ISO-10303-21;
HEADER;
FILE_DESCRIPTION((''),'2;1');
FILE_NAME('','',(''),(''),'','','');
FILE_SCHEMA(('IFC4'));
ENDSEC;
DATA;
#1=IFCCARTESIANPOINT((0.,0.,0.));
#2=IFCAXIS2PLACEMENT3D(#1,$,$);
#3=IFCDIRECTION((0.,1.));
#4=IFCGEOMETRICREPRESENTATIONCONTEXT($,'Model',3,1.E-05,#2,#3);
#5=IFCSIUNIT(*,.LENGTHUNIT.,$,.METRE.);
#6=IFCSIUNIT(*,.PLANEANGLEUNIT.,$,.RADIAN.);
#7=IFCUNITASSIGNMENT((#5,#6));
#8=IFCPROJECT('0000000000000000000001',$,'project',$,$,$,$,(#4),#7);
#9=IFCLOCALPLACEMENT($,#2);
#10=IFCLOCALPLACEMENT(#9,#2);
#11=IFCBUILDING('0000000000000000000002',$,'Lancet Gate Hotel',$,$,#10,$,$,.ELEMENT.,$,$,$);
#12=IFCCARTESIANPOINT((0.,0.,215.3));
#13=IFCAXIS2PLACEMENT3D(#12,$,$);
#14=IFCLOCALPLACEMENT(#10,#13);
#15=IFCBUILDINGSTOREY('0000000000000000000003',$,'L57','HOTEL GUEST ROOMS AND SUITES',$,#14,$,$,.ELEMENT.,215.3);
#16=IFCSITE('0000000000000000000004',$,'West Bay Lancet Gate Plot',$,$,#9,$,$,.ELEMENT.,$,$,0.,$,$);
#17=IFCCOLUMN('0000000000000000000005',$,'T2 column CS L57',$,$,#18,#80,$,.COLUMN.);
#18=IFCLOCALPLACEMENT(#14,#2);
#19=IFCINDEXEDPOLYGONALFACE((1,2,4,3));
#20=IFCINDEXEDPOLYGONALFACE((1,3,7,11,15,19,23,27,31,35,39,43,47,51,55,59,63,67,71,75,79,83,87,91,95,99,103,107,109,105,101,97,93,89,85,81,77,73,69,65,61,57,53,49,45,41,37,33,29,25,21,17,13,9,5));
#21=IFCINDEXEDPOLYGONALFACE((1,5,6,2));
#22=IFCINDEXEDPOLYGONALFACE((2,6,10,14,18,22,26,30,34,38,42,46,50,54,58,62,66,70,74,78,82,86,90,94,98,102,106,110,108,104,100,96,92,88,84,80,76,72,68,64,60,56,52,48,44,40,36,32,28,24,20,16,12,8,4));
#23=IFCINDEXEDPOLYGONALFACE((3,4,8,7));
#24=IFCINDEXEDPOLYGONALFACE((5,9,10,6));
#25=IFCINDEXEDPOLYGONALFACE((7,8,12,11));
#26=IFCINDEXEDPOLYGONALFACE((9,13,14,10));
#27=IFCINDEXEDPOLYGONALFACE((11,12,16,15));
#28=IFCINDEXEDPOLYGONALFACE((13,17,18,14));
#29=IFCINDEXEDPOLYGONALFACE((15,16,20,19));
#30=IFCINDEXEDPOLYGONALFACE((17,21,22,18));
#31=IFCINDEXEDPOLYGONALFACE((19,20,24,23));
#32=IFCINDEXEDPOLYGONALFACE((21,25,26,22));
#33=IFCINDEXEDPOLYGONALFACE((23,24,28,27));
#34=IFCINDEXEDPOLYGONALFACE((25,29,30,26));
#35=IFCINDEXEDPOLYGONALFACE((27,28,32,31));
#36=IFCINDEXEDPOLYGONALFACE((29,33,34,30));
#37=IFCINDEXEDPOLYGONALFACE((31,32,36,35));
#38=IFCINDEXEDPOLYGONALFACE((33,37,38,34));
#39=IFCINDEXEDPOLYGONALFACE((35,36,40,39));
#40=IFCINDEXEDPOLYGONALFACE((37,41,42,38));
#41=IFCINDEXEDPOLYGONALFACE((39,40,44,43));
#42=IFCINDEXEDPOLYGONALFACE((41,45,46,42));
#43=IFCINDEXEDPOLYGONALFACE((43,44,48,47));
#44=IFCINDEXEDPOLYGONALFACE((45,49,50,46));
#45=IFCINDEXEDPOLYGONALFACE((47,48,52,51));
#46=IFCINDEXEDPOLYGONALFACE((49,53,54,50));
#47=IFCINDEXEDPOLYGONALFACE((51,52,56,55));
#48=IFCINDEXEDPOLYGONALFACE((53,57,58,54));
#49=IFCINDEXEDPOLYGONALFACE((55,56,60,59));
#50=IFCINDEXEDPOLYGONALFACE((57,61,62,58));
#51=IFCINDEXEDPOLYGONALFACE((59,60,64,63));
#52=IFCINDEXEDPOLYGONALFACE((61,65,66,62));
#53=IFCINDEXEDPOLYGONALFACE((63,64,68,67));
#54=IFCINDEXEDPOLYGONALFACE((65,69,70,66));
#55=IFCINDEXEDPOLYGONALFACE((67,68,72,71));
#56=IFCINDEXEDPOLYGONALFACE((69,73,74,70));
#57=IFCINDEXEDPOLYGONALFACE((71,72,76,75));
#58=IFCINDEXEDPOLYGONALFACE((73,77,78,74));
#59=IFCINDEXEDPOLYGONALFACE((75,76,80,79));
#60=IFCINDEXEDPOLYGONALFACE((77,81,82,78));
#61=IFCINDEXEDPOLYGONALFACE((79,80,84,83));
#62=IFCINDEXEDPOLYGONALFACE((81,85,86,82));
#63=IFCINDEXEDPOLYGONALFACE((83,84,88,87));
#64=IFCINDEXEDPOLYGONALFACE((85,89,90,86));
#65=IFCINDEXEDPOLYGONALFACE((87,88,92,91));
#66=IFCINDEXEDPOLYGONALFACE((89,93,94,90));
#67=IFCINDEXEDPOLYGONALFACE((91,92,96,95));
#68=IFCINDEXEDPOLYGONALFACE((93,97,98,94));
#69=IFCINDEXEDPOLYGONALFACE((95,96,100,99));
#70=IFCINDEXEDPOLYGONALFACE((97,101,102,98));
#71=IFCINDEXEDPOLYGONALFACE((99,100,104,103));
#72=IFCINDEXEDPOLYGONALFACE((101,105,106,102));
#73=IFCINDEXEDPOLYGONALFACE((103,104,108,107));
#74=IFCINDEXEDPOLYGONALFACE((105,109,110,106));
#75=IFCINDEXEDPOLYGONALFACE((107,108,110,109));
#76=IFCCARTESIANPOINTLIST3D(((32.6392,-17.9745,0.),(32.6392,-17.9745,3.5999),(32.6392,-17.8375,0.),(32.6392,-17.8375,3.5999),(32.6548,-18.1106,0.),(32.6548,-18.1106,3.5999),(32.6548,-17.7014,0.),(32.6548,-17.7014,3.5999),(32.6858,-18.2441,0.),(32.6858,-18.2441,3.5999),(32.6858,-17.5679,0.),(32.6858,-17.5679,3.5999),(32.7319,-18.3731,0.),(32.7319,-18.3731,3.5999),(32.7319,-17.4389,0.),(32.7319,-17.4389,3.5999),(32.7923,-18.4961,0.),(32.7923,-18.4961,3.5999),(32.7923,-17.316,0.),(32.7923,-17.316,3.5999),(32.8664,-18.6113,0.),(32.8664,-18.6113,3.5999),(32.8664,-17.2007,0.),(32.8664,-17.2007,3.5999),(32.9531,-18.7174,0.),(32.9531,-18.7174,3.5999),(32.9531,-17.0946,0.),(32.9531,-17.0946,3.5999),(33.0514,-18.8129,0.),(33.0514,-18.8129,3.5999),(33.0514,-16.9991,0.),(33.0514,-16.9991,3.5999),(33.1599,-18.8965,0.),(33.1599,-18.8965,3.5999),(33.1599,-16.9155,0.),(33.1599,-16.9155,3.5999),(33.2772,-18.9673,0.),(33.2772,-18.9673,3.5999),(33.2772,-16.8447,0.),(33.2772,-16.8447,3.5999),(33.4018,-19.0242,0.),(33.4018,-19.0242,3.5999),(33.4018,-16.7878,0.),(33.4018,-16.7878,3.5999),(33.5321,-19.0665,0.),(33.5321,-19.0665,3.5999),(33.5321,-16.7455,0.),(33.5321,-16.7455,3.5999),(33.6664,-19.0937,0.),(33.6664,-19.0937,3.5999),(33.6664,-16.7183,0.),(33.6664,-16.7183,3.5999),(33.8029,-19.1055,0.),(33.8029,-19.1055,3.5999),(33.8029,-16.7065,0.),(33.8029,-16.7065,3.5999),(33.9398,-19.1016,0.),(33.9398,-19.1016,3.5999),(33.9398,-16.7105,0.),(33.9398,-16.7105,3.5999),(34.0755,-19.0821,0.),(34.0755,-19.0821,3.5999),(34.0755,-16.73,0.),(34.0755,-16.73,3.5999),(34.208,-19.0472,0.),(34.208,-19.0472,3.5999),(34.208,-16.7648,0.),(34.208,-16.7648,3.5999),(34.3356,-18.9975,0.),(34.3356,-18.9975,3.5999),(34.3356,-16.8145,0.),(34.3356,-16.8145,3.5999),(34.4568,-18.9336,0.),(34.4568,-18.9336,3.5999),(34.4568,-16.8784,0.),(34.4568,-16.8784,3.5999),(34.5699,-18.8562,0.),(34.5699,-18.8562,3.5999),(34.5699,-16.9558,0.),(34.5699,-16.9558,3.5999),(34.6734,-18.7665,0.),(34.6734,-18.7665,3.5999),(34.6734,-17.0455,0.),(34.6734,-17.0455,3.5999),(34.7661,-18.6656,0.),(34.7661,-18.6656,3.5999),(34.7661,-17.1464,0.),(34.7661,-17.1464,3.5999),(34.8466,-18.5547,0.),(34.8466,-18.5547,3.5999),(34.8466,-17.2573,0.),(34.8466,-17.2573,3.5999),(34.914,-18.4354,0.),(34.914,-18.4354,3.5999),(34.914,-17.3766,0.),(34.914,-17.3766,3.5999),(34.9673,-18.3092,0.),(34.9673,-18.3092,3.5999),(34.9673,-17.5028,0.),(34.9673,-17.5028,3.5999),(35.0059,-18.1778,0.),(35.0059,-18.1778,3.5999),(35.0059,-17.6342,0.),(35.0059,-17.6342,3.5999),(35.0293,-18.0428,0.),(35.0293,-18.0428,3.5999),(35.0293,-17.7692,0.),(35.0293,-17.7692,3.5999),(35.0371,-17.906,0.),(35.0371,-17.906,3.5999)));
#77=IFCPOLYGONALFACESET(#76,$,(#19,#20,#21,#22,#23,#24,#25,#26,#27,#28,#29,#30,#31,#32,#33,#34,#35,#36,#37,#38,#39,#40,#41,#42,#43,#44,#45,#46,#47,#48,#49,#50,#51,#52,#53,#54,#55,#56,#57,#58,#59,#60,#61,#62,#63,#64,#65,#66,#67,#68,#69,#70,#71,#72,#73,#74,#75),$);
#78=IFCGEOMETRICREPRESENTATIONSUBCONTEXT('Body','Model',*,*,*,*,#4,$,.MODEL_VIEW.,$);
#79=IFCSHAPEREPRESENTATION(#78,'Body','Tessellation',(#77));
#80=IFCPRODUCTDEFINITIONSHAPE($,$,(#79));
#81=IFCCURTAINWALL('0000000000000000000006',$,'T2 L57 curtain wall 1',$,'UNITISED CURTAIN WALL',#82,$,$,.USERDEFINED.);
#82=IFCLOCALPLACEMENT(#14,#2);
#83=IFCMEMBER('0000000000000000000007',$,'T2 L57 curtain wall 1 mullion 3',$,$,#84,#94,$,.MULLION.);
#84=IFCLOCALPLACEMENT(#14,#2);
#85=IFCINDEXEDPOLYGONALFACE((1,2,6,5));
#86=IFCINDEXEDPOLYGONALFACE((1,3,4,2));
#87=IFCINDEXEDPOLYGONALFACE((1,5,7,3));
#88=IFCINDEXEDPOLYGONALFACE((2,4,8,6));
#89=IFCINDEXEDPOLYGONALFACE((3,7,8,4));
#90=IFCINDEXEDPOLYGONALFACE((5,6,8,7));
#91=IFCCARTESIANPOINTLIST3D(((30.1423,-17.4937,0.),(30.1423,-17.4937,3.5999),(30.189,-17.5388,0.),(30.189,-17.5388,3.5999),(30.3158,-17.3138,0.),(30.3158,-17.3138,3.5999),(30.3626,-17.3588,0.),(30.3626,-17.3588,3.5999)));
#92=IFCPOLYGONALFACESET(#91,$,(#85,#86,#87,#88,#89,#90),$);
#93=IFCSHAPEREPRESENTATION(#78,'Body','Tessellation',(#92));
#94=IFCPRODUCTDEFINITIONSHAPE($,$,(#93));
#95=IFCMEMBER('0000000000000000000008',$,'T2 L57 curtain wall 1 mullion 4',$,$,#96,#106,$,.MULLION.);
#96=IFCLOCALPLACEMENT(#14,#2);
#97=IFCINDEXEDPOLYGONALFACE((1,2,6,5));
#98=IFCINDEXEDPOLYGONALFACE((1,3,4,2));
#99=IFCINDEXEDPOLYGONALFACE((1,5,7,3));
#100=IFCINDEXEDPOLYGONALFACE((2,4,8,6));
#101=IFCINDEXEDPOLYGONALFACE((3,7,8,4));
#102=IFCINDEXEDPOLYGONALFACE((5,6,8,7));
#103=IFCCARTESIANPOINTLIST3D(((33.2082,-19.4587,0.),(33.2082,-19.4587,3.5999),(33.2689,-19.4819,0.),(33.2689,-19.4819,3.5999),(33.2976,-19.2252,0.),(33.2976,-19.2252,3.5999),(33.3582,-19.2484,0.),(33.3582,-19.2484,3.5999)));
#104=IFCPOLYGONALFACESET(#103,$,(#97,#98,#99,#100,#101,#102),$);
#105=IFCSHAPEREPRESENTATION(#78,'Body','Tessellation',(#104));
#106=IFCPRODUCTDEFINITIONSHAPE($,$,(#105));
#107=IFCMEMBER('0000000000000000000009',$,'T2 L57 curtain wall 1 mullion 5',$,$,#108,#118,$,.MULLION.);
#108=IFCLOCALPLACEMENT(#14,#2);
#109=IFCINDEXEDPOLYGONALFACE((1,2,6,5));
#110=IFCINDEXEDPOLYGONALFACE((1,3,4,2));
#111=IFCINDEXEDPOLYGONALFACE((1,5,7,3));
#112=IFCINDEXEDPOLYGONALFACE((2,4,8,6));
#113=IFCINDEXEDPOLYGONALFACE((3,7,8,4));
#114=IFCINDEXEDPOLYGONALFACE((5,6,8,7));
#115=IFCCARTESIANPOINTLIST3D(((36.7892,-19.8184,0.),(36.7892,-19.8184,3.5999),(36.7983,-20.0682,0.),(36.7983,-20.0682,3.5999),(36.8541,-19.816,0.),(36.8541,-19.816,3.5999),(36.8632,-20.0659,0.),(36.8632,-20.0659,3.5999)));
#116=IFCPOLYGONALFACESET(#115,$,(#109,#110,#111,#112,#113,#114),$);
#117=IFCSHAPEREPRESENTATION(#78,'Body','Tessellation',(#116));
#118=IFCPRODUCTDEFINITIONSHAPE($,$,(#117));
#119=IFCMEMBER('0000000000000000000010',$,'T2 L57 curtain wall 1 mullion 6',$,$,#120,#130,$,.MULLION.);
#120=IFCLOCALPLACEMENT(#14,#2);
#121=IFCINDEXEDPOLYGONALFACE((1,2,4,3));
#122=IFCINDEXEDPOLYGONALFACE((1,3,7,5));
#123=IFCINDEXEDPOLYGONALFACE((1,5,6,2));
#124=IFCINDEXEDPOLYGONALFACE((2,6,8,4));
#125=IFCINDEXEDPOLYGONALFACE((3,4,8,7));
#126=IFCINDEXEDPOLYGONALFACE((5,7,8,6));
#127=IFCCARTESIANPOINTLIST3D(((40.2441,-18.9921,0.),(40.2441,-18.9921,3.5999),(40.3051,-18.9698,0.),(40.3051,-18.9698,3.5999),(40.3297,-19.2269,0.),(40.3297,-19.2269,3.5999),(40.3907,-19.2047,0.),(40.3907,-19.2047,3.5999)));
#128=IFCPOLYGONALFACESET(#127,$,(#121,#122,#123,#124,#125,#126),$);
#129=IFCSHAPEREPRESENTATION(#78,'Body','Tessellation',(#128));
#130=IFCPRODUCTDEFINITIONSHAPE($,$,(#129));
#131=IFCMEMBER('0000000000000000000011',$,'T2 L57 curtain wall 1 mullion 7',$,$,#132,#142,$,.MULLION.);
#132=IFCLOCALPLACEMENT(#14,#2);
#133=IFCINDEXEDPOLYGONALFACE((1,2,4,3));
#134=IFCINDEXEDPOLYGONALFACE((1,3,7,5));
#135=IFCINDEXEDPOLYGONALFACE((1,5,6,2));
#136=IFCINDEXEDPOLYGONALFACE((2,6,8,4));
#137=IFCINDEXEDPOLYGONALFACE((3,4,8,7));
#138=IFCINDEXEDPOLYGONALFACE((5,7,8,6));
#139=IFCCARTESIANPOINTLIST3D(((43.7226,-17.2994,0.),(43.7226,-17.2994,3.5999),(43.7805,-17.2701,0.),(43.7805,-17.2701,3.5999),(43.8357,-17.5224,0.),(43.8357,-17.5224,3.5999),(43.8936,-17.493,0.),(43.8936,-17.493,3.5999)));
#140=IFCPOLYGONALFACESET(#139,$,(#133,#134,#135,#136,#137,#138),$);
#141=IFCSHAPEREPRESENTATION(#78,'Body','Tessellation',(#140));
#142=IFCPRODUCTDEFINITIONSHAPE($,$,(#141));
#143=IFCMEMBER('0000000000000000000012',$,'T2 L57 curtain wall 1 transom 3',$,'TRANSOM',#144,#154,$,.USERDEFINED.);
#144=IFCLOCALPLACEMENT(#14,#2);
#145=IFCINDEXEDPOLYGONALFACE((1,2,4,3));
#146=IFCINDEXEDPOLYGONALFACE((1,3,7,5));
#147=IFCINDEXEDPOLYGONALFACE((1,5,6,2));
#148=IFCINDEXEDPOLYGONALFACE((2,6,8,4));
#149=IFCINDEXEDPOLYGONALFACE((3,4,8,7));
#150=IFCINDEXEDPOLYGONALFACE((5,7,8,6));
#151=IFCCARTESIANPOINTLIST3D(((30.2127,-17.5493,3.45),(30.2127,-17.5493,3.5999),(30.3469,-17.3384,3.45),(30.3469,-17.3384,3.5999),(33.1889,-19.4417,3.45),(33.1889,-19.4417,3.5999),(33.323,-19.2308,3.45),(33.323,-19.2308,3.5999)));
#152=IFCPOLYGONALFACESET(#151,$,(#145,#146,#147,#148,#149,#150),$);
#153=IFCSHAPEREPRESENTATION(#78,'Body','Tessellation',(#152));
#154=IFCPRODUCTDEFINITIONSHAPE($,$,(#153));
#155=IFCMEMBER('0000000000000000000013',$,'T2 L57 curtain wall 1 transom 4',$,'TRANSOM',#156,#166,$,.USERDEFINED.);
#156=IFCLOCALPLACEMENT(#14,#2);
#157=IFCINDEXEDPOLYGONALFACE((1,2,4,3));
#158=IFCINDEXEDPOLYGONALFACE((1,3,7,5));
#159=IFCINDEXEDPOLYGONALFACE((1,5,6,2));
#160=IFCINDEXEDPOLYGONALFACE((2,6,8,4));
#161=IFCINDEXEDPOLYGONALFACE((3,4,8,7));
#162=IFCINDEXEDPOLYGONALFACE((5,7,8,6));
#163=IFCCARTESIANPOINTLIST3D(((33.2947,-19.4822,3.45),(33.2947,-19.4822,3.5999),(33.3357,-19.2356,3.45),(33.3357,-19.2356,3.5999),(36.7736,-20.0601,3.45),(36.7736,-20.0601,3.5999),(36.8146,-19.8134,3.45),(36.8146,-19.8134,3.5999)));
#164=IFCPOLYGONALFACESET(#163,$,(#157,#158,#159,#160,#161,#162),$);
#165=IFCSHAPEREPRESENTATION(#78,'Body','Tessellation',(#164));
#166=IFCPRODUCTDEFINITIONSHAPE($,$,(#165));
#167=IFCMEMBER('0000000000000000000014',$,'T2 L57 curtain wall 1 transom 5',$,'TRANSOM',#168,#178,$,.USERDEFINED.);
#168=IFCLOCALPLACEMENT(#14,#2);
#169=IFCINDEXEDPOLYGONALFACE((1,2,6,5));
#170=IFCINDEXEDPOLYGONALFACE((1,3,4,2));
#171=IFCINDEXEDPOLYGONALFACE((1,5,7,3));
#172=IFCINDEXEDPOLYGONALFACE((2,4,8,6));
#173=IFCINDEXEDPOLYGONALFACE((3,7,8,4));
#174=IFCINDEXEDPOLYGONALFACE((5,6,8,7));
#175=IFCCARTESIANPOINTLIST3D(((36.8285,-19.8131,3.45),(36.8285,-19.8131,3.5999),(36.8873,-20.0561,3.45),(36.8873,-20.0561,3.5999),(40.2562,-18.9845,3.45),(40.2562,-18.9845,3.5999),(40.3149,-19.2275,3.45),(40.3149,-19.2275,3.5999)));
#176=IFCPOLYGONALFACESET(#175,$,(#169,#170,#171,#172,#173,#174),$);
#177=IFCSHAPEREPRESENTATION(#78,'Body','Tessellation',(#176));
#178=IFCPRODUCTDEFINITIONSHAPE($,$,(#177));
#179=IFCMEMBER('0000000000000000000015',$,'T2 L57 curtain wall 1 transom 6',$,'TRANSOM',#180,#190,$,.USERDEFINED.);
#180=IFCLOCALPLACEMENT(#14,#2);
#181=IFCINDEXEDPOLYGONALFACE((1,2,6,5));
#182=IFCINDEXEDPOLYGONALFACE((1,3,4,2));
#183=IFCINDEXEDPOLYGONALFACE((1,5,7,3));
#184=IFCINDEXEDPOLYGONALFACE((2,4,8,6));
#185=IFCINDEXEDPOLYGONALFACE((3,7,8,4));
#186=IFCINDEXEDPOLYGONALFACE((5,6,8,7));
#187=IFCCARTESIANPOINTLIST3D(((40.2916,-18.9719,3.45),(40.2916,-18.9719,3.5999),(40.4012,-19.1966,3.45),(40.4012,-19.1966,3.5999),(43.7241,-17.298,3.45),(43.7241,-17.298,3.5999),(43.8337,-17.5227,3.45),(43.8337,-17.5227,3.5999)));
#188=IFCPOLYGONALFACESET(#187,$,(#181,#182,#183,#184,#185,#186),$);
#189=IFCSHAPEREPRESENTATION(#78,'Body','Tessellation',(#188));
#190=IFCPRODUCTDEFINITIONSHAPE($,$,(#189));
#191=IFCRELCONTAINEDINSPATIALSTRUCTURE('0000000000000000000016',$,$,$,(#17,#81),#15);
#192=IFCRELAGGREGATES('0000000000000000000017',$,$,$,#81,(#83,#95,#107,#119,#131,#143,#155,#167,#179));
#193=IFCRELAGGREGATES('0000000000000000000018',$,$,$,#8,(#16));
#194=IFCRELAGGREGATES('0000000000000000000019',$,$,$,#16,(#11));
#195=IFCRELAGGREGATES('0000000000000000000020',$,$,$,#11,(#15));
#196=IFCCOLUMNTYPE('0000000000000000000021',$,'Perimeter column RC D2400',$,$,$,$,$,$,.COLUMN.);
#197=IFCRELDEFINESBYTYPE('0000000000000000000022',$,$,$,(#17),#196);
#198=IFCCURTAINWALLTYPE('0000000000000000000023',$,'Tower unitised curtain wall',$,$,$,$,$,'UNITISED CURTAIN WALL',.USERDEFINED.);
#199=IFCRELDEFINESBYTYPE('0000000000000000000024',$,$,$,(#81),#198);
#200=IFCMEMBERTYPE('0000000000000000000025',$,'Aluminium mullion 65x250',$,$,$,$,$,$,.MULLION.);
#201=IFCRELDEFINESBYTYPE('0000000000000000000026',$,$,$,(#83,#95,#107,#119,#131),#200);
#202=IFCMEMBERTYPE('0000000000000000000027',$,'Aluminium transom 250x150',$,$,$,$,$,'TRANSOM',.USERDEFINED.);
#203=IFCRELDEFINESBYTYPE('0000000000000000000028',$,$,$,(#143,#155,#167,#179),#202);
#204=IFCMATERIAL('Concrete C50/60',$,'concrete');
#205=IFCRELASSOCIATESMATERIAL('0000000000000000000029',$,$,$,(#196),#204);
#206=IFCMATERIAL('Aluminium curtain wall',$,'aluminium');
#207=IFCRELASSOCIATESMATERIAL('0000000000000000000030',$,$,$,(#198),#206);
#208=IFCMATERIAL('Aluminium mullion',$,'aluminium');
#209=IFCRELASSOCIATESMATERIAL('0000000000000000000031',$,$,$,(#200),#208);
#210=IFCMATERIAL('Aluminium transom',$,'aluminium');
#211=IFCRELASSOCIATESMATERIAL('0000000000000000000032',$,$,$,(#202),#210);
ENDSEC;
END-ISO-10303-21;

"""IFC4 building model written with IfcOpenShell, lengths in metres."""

from ifc_helpers import new_model, si_unit, direction, frame, origin, origin_2d, place, context, subcontext, project, spatial, rectangle, circle, extrude, material, material_profile, profile_set, type_object, element, aggregate, save


model = new_model("IFC4")

# Units and contexts
model_context = context("Model", 3, precision=1e-05, world=origin(), true_north=direction((0.0, 1.0)))
body_context = subcontext(model_context, "Body", "Model", "MODEL_VIEW")
ifc_project = project(units=[si_unit("LENGTHUNIT", "METRE"), si_unit("PLANEANGLEUNIT", "RADIAN")], contexts=[model_context])

# Site, building, storey
site_placement = place(None, origin())
site = spatial("IfcSite", under=ifc_project, at=site_placement, Name="West Bay Lancet Gate Plot", CompositionType="ELEMENT", RefElevation=0.0)
building_placement = place(site_placement, origin())
building = spatial("IfcBuilding", under=site, at=building_placement, Name="Lancet Gate Hotel", CompositionType="ELEMENT")
storey_placement = place(building_placement, frame((0.0, 0.0, 215.3)))
storey = spatial("IfcBuildingStorey", under=building, at=storey_placement, Name="L57", Description="HOTEL GUEST ROOMS AND SUITES", CompositionType="ELEMENT", Elevation=215.3)

# Column
ifc_material_1 = material(Name="Concrete C50/60", Category="concrete")
ifc_material_profile_1 = material_profile(ifc_material_1, circle(Radius=1.2, at=origin_2d()), Name="RC D2400")
ifc_profile_set_1 = profile_set([ifc_material_profile_1], Name="Concrete C50/60")
column_type = type_object("IfcColumnType", Name="Perimeter column RC D2400", PredefinedType="COLUMN", material=ifc_profile_set_1)
column_placement = place(storey_placement, frame((33.8372, -17.906, 0.0), z_axis=(0.0, 0.0, 1.0), x_axis=(1.0, 0.0, 0.0)))
element("IfcColumn", 1, at=column_placement, inside=storey, type_object=column_type, Name="T2 column CS L57", PredefinedType="COLUMN", context=body_context, shape_type="SweptSolid", body=[
    extrude(circle(Radius=1.2, at=origin_2d()), origin(), (0.0, 0.0, 1.0), 3.5999),
])

# Curtain wall, members
ifc_material_2 = material(Name="Aluminium curtain wall", Category="aluminium")
curtain_wall_type = type_object("IfcCurtainWallType", Name="Tower unitised curtain wall", ElementType="UNITISED CURTAIN WALL", PredefinedType="USERDEFINED", material=ifc_material_2)
curtain_wall_placement = place(storey_placement, origin())
curtain_wall = element("IfcCurtainWall", 2, at=curtain_wall_placement, inside=storey, type_object=curtain_wall_type, Name="T2 L57 curtain wall 1", ObjectType="UNITISED CURTAIN WALL", PredefinedType="USERDEFINED")
ifc_material_3 = material(Name="Aluminium mullion", Category="aluminium")
ifc_material_profile_2 = material_profile(ifc_material_3, rectangle(XDim=0.0649, YDim=0.25, at=origin_2d()), Name="MULLION 65x250")
ifc_profile_set_2 = profile_set([ifc_material_profile_2], Name="Aluminium mullion")
member_type_1 = type_object("IfcMemberType", Name="Aluminium mullion 65x250", PredefinedType="MULLION", material=ifc_profile_set_2)
member_1_placement = place(storey_placement, frame((30.2524, -17.4263, 0.0), z_axis=(0.0, 0.0, 1.0), x_axis=(0.719809, -0.694172, 0.0)))
member_1 = element("IfcMember", 3, at=member_1_placement, type_object=member_type_1, Name="T2 L57 curtain wall 1 mullion 3", PredefinedType="MULLION", context=body_context, shape_type="SweptSolid", body=[
    extrude(rectangle(XDim=0.0649, YDim=0.25, at=origin_2d()), origin(), (0.0, 0.0, 1.0), 3.5999),
])
member_2_placement = place(storey_placement, frame((33.2832, -19.3535, 0.0), z_axis=(0.0, 0.0, 1.0), x_axis=(0.933943, -0.357421, 0.0)))
member_2 = element("IfcMember", 4, at=member_2_placement, type_object=member_type_1, Name="T2 L57 curtain wall 1 mullion 4", PredefinedType="MULLION", context=body_context, shape_type="SweptSolid", body=[
    extrude(rectangle(XDim=0.0649, YDim=0.25, at=origin_2d()), origin(), (0.0, 0.0, 1.0), 3.5999),
])
member_3_placement = place(storey_placement, frame((36.8262, -19.9421, 0.0), z_axis=(0.0, 0.0, 1.0), x_axis=(0.999343, 0.03625, 0.0)))
member_3 = element("IfcMember", 5, at=member_3_placement, type_object=member_type_1, Name="T2 L57 curtain wall 1 mullion 5", PredefinedType="MULLION", context=body_context, shape_type="SweptSolid", body=[
    extrude(rectangle(XDim=0.0649, YDim=0.25, at=origin_2d()), origin(), (0.0, 0.0, 1.0), 3.5999),
])
member_4_placement = place(storey_placement, frame((40.3174, -19.0984, 0.0), z_axis=(0.0, 0.0, 1.0), x_axis=(0.939484, 0.342593, 0.0)))
member_4 = element("IfcMember", 6, at=member_4_placement, type_object=member_type_1, Name="T2 L57 curtain wall 1 mullion 6", PredefinedType="MULLION", context=body_context, shape_type="SweptSolid", body=[
    extrude(rectangle(XDim=0.0649, YDim=0.25, at=origin_2d()), origin(), (0.0, 0.0, 1.0), 3.5999),
])
member_5_placement = place(storey_placement, frame((43.8081, -17.3962, 0.0), z_axis=(0.0, 0.0, 1.0), x_axis=(0.891833, 0.452365, 0.0)))
member_5 = element("IfcMember", 7, at=member_5_placement, type_object=member_type_1, Name="T2 L57 curtain wall 1 mullion 7", PredefinedType="MULLION", context=body_context, shape_type="SweptSolid", body=[
    extrude(rectangle(XDim=0.0649, YDim=0.25, at=origin_2d()), origin(), (0.0, 0.0, 1.0), 3.5999),
])
ifc_material_4 = material(Name="Aluminium transom", Category="aluminium")
ifc_material_profile_3 = material_profile(ifc_material_4, rectangle(XDim=0.25, YDim=0.1499, at=origin_2d()), Name="TRANSOM 250x150")
ifc_profile_set_3 = profile_set([ifc_material_profile_3], Name="Aluminium transom")
member_type_2 = type_object("IfcMemberType", Name="Aluminium transom 250x150", ElementType="TRANSOM", PredefinedType="USERDEFINED", material=ifc_profile_set_3)
member_6_placement = place(storey_placement, frame((30.2798, -17.4438, 3.5249), z_axis=(0.843858, -0.536566, 0.0), x_axis=(0.536566, 0.843858, 0.0)))
member_6 = element("IfcMember", 8, at=member_6_placement, type_object=member_type_2, Name="T2 L57 curtain wall 1 transom 3", ObjectType="TRANSOM", PredefinedType="USERDEFINED", context=body_context, shape_type="SweptSolid", body=[
    extrude(rectangle(XDim=0.25, YDim=0.1499, at=origin_2d()), origin(), (0.0, 0.0, 1.0), 3.5269),
])
member_7_placement = place(storey_placement, frame((33.3152, -19.3589, 3.5249), z_axis=(0.986484, -0.16386, 0.0), x_axis=(0.16386, 0.986484, 0.0)))
member_7 = element("IfcMember", 9, at=member_7_placement, type_object=member_type_2, Name="T2 L57 curtain wall 1 transom 4", ObjectType="TRANSOM", PredefinedType="USERDEFINED", context=body_context, shape_type="SweptSolid", body=[
    extrude(rectangle(XDim=0.25, YDim=0.1499, at=origin_2d()), origin(), (0.0, 0.0, 1.0), 3.5266),
])
member_8_placement = place(storey_placement, frame((36.8579, -19.9346, 3.5249), z_axis=(0.972003, 0.23497, 0.0), x_axis=(-0.23497, 0.972003, 0.0)))
member_8 = element("IfcMember", 10, at=member_8_placement, type_object=member_type_2, Name="T2 L57 curtain wall 1 transom 5", ObjectType="TRANSOM", PredefinedType="USERDEFINED", context=body_context, shape_type="SweptSolid", body=[
    extrude(rectangle(XDim=0.25, YDim=0.1499, at=origin_2d()), origin(), (0.0, 0.0, 1.0), 3.5264),
])
member_9_placement = place(storey_placement, frame((40.3464, -19.0842, 3.5249), z_axis=(0.89882, 0.438318, 0.0), x_axis=(-0.438318, 0.89882, 0.0)))
member_9 = element("IfcMember", 11, at=member_9_placement, type_object=member_type_2, Name="T2 L57 curtain wall 1 transom 6", ObjectType="TRANSOM", PredefinedType="USERDEFINED", context=body_context, shape_type="SweptSolid", body=[
    extrude(rectangle(XDim=0.25, YDim=0.1499, at=origin_2d()), origin(), (0.0, 0.0, 1.0), 3.8188),
])

aggregate(curtain_wall, [member_1, member_2, member_3, member_4, member_5, member_6, member_7, member_8, member_9])

save(model, "model.ifc")
